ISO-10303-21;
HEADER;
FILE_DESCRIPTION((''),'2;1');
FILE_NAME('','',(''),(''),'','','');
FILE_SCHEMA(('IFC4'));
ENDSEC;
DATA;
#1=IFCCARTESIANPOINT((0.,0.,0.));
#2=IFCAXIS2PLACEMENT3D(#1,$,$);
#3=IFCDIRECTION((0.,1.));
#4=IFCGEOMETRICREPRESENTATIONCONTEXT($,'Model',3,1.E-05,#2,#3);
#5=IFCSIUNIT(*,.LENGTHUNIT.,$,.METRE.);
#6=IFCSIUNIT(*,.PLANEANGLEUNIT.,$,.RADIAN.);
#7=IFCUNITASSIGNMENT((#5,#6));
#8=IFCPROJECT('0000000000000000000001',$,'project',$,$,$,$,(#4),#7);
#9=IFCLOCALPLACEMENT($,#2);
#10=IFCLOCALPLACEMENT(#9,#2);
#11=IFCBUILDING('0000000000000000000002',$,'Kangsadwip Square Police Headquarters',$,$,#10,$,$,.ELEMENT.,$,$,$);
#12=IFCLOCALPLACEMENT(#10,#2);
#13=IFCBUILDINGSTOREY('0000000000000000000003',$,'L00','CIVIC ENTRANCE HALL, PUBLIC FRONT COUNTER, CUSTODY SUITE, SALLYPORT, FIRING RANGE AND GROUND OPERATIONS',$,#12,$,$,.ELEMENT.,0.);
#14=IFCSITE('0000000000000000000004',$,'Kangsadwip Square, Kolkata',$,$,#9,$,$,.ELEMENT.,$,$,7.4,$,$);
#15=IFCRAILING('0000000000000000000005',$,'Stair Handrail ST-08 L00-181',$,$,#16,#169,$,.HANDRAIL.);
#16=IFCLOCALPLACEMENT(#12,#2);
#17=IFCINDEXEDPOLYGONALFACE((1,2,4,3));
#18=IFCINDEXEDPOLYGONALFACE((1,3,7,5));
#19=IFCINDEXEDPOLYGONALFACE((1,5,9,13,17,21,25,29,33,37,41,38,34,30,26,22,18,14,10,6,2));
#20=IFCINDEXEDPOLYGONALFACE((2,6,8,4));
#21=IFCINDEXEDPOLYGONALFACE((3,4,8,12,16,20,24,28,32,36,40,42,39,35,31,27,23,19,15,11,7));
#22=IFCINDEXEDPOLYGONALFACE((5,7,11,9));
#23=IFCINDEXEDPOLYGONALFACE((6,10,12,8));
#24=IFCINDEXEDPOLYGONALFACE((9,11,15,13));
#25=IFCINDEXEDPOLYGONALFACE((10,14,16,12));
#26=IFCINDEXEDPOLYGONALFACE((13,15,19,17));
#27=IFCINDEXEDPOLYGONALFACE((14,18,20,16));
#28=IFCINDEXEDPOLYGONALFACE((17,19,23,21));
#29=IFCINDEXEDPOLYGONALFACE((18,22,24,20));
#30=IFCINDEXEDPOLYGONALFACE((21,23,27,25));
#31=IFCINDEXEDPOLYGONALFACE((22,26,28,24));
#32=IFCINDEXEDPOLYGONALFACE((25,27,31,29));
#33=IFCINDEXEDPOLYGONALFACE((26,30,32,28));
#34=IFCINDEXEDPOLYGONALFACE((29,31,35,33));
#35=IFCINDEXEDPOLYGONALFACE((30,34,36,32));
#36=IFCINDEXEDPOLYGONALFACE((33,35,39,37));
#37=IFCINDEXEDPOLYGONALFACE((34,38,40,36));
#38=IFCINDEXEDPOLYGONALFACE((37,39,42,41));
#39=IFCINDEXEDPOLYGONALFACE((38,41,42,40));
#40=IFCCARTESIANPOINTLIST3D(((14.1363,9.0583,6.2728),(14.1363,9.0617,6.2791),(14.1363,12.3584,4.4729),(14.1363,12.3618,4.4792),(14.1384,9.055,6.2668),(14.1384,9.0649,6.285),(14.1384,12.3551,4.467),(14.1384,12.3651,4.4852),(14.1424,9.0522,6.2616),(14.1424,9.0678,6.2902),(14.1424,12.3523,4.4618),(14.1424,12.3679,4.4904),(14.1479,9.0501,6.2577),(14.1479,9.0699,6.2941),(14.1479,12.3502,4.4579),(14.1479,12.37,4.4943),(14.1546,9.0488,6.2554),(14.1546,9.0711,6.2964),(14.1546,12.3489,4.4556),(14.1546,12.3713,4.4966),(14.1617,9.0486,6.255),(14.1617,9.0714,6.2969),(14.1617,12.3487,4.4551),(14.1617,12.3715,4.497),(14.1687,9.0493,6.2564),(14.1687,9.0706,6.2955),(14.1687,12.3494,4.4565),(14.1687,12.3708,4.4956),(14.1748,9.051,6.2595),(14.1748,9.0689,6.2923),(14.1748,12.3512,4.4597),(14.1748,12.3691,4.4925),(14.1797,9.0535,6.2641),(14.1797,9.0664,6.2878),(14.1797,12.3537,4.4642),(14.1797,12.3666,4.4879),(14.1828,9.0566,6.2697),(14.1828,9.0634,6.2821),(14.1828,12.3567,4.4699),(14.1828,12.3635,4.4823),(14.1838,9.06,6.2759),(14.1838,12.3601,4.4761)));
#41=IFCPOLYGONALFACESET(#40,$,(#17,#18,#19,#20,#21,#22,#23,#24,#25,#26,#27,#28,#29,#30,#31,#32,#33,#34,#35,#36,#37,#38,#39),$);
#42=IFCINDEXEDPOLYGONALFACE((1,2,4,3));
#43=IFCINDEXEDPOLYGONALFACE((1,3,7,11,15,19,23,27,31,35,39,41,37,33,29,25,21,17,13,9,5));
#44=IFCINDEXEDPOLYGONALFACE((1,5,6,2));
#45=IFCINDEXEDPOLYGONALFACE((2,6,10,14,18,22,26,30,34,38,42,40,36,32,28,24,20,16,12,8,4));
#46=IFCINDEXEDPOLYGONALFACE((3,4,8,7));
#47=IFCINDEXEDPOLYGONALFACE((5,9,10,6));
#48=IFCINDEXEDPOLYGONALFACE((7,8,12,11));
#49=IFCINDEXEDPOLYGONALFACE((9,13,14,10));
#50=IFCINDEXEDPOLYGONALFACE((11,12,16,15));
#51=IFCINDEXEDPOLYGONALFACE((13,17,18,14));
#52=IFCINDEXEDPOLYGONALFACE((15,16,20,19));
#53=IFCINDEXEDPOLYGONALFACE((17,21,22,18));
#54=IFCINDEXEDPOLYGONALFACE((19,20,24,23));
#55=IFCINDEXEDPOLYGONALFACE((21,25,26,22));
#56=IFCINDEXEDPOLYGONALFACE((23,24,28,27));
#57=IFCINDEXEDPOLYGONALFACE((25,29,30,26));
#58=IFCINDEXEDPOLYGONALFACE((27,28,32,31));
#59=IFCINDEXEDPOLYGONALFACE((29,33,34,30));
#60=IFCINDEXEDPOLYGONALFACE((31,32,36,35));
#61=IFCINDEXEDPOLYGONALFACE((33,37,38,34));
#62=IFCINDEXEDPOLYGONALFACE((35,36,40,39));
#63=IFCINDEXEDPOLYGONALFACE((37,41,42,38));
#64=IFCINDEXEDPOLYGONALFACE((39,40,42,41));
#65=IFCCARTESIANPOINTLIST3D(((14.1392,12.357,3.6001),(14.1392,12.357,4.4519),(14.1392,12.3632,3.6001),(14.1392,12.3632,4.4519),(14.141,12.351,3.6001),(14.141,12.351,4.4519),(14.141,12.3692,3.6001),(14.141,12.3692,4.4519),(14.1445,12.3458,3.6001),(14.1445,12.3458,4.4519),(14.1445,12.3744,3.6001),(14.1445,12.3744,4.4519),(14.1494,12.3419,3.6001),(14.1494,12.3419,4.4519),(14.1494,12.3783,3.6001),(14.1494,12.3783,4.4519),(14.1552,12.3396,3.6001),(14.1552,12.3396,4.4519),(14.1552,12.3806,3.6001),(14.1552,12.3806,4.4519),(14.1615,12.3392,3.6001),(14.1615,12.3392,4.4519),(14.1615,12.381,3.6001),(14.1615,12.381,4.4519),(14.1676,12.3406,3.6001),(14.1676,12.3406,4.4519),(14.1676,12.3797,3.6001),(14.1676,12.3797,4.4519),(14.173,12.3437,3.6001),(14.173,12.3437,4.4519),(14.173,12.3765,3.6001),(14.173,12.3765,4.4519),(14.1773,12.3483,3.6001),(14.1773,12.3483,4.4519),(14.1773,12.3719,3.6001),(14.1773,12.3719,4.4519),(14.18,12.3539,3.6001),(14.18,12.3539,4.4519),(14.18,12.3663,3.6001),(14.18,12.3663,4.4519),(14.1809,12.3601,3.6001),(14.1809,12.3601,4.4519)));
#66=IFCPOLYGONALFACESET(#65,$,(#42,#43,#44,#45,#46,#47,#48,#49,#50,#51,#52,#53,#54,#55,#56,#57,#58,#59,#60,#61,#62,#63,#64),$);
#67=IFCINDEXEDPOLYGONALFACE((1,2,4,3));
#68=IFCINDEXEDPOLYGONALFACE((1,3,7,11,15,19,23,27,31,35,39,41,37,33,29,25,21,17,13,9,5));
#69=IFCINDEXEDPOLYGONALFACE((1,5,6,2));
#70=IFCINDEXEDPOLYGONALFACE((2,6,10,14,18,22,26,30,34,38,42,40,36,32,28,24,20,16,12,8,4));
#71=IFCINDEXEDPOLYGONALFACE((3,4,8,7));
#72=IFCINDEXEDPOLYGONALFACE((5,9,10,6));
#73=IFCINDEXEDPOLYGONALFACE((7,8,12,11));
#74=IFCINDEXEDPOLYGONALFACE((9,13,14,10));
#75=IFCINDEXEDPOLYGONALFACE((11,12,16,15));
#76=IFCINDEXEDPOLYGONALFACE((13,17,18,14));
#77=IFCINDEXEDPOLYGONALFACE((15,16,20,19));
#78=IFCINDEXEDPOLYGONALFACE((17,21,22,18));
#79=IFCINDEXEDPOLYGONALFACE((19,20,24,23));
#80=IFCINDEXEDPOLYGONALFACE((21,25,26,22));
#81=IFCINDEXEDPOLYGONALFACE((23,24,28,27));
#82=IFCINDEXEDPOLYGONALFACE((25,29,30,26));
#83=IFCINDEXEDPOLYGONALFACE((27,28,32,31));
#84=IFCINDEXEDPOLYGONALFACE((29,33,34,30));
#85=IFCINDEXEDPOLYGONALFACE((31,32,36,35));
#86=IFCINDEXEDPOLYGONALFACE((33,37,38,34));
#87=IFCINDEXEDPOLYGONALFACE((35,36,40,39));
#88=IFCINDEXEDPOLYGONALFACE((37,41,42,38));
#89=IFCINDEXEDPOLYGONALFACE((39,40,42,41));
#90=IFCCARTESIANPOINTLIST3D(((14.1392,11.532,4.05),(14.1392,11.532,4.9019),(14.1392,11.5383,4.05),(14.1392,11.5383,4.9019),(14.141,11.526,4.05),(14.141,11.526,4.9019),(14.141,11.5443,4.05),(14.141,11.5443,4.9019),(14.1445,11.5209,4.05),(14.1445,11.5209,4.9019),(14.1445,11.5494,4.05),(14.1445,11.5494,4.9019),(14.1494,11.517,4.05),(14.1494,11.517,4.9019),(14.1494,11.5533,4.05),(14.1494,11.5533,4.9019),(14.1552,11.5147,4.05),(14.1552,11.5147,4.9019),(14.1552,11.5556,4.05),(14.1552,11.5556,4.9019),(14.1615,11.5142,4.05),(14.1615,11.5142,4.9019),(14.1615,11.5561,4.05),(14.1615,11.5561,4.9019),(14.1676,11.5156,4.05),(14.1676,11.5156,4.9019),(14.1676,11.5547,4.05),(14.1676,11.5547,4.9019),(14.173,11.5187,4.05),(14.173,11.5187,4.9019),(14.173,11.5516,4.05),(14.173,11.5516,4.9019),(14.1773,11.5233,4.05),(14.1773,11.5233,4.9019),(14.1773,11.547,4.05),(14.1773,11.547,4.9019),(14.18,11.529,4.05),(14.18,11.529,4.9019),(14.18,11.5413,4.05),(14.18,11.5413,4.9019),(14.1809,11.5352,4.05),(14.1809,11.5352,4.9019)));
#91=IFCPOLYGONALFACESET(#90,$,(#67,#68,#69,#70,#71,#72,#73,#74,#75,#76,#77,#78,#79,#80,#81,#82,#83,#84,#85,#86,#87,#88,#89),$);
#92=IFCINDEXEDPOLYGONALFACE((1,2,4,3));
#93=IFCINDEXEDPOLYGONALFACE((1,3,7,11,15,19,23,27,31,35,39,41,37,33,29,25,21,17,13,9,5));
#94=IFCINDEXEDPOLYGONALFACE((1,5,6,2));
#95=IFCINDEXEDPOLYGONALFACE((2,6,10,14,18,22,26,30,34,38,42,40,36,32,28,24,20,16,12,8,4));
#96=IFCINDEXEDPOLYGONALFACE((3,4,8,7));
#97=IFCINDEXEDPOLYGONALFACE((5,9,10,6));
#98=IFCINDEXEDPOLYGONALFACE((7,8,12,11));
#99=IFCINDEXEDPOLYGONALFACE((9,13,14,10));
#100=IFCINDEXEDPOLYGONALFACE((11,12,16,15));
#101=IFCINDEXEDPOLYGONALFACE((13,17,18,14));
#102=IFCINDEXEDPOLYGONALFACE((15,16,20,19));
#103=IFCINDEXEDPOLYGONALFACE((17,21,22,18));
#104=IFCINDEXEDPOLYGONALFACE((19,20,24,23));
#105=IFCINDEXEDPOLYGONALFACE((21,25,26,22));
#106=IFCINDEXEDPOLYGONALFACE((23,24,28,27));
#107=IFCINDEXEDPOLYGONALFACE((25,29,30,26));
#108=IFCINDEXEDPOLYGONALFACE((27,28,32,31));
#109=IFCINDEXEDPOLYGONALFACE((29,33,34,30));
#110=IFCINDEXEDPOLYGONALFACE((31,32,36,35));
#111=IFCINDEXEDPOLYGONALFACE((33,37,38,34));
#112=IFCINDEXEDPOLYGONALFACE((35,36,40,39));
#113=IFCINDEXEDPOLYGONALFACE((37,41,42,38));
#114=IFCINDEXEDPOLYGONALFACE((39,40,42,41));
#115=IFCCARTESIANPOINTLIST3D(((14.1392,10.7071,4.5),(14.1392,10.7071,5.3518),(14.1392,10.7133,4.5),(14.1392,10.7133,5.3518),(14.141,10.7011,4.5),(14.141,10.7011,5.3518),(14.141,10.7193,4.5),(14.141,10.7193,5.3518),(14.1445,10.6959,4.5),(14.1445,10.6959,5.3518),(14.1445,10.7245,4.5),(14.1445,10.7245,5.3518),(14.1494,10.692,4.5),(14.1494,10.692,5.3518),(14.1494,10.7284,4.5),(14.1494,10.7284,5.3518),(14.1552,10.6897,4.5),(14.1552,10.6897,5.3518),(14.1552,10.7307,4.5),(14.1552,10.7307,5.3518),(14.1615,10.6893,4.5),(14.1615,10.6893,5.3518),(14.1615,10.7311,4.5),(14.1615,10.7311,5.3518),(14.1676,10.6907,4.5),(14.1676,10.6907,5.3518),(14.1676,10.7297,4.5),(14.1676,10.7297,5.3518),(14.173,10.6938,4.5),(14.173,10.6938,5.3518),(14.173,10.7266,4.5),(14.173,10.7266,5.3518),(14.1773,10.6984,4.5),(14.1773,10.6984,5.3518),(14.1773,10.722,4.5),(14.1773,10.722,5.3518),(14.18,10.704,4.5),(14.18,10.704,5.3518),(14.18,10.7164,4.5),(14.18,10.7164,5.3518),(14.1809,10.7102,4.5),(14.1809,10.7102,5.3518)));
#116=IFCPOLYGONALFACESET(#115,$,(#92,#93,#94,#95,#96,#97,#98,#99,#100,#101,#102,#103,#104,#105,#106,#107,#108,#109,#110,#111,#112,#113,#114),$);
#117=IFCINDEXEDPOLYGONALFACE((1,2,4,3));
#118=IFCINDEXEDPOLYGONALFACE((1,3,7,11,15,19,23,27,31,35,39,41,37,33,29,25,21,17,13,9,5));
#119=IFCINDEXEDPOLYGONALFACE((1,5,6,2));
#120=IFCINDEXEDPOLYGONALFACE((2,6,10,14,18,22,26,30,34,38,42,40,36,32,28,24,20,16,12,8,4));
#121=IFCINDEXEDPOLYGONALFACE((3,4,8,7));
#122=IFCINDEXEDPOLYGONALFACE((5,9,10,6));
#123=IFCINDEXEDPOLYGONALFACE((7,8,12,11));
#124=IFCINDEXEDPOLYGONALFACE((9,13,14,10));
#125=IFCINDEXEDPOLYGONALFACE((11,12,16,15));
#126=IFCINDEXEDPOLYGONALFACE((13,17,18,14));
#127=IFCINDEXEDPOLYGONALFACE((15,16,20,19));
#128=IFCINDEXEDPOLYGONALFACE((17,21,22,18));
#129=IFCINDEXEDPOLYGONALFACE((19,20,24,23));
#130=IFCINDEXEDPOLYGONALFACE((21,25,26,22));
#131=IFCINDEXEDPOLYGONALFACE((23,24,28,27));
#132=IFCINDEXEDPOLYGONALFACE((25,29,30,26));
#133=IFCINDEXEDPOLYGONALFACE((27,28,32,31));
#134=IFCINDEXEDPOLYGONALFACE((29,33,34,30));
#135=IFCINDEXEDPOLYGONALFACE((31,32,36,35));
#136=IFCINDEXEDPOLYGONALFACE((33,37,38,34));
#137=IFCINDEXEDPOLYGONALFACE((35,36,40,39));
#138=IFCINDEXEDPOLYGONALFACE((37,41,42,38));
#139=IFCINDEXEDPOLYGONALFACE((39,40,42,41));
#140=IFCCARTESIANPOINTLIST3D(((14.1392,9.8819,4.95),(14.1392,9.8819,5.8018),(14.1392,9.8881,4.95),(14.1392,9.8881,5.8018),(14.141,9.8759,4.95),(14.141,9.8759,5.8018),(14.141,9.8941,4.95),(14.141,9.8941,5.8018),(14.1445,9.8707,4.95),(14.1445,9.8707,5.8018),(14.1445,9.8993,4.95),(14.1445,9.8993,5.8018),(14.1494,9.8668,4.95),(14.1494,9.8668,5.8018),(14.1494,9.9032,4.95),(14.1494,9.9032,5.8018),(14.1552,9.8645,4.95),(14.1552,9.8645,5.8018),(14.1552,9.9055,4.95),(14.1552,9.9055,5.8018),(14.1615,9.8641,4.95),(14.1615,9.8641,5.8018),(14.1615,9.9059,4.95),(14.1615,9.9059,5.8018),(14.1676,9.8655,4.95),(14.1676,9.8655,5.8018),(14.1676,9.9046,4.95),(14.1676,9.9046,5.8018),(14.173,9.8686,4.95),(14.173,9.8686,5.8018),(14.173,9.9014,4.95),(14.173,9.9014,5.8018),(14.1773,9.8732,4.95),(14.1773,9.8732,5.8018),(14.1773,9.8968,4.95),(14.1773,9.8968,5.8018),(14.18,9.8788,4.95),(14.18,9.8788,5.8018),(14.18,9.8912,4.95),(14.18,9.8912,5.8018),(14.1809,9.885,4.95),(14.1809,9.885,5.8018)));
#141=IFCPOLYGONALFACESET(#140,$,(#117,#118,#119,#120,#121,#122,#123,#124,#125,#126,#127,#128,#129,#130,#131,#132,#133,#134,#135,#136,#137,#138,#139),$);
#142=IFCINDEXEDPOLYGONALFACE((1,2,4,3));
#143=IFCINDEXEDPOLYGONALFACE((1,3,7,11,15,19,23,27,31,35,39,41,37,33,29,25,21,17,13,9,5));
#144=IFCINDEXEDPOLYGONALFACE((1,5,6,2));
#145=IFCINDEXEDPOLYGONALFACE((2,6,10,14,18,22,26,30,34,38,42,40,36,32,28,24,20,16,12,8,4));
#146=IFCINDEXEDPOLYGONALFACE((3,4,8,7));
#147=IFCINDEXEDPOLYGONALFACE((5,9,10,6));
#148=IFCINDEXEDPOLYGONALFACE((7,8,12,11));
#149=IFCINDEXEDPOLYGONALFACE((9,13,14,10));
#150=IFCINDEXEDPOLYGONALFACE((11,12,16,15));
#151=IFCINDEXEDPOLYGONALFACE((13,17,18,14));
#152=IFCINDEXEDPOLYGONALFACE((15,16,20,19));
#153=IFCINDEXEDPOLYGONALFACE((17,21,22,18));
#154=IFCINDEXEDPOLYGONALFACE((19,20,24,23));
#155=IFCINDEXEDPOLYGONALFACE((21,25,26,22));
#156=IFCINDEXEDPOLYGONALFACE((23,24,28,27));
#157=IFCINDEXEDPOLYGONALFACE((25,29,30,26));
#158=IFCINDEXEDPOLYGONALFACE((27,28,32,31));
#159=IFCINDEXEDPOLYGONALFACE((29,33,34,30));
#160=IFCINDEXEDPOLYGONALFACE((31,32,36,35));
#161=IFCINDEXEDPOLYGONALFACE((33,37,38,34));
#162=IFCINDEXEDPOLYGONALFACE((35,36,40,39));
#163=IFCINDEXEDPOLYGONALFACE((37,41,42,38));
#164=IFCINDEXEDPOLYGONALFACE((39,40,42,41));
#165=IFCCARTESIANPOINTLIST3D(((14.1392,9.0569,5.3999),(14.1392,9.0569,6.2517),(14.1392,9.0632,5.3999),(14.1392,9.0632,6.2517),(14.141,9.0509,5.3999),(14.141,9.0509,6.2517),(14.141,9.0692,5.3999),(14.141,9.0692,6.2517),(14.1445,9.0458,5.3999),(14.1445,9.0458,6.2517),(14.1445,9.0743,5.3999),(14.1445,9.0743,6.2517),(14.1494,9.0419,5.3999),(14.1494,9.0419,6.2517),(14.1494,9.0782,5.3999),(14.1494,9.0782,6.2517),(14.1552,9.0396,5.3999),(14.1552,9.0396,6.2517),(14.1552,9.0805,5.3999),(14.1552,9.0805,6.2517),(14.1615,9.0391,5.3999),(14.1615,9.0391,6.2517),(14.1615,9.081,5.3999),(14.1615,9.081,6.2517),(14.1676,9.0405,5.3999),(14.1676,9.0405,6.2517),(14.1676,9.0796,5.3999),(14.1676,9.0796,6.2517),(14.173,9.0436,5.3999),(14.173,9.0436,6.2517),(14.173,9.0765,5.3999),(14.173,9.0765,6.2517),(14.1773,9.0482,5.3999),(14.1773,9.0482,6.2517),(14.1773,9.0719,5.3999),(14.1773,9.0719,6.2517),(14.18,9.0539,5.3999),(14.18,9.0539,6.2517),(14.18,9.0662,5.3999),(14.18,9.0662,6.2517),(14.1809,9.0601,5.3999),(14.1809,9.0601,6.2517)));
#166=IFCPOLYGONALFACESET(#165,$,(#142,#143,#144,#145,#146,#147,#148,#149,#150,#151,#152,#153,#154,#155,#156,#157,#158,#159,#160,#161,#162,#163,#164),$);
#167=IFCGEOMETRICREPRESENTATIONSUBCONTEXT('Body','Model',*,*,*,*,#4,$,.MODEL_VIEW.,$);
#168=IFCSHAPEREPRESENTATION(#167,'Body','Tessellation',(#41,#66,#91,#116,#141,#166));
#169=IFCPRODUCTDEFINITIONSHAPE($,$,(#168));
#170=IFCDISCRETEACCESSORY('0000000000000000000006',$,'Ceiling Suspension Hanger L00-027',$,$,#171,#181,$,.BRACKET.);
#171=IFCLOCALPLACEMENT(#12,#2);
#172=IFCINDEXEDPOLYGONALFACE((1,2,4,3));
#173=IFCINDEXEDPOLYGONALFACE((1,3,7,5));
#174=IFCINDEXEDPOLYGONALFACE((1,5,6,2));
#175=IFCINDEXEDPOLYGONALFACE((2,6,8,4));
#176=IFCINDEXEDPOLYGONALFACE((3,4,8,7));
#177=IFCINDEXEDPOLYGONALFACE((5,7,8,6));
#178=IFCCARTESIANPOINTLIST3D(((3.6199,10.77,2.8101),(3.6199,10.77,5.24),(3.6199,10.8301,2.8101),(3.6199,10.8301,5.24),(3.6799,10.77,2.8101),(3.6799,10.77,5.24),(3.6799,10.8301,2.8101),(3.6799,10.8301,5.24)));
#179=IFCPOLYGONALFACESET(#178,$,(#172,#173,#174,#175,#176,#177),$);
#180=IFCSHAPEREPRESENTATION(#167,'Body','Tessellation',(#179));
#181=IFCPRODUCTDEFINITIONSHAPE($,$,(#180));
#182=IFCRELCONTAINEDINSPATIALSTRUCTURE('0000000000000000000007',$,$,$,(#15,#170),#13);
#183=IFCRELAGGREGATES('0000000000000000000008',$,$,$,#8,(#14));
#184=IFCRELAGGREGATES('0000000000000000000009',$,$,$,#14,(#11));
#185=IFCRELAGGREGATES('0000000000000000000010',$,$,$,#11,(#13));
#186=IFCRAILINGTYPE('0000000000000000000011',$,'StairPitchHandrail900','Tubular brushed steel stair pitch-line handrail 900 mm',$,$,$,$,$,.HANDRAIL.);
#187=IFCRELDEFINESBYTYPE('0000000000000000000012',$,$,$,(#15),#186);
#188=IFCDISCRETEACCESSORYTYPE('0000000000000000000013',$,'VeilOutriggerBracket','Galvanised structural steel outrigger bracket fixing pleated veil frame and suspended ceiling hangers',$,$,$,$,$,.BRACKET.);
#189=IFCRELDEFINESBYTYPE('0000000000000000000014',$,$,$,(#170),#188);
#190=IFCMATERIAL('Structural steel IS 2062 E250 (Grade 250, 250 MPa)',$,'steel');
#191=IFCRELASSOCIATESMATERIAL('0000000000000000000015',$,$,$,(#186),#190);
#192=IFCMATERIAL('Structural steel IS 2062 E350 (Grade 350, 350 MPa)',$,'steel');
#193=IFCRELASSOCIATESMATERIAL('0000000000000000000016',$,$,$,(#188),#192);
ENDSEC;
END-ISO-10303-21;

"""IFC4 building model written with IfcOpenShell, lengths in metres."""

from ifc_helpers import new_model, si_unit, direction, frame, origin, origin_2d, place, context, subcontext, project, spatial, rectangle, circle, extrude, material, type_object, element, save


model = new_model("IFC4")

# Units and contexts
model_context = context("Model", 3, precision=1e-05, world=origin(), true_north=direction((0.0, 1.0)))
body_context = subcontext(model_context, "Body", "Model", "MODEL_VIEW")
ifc_project = project(units=[si_unit("LENGTHUNIT", "METRE"), si_unit("PLANEANGLEUNIT", "RADIAN")], contexts=[model_context])

# Site, building, storey
site_placement = place(None, origin())
site = spatial("IfcSite", under=ifc_project, at=site_placement, Name="Kangsadwip Square, Kolkata", CompositionType="ELEMENT", RefElevation=7.4)
building_placement = place(site_placement, origin())
building = spatial("IfcBuilding", under=site, at=building_placement, Name="Kangsadwip Square Police Headquarters", CompositionType="ELEMENT")
storey_placement = place(building_placement, origin())
storey = spatial("IfcBuildingStorey", under=building, at=storey_placement, Name="L00", Description="CIVIC ENTRANCE HALL, PUBLIC FRONT COUNTER, CUSTODY SUITE, SALLYPORT, FIRING RANGE AND GROUND OPERATIONS", CompositionType="ELEMENT", Elevation=0.0)

# Railing
ifc_material_1 = material(Name="Structural steel IS 2062 E250 (Grade 250, 250 MPa)", Category="steel")
railing_type = type_object("IfcRailingType", Name="StairPitchHandrail900", Description="Tubular brushed steel stair pitch-line handrail 900 mm", PredefinedType="HANDRAIL", material=ifc_material_1)
railing_1_placement = place(storey_placement, frame((14.1599, 12.3601, 3.6001)))
element("IfcRailing", 1, at=railing_1_placement, inside=storey, type_object=railing_type, Name="Stair Handrail ST-08 L00-181", PredefinedType="HANDRAIL", context=body_context, shape_type="SweptSolid", body=[
    extrude(circle(Radius=0.0239, at=origin_2d()), frame((0.0, 0.0, 0.876), z_axis=(0.0, -0.87792, 0.478807), x_axis=(1.0, 0.0, 0.0)), (0.0, 0.0, 1.0), 3.759),
    extrude(circle(Radius=0.021, at=origin_2d()), origin(), (0.0, 0.0, 1.0), 0.8518),
    extrude(circle(Radius=0.021, at=origin_2d()), frame((0.0, -0.825, 0.45)), (0.0, 0.0, 1.0), 0.8518),
    extrude(circle(Radius=0.021, at=origin_2d()), frame((0.0, -1.6499, 0.8999)), (0.0, 0.0, 1.0), 0.8518),
    extrude(circle(Radius=0.021, at=origin_2d()), frame((0.0, -2.4751, 1.3499)), (0.0, 0.0, 1.0), 0.8518),
    extrude(circle(Radius=0.021, at=origin_2d()), frame((0.0, -3.3, 1.7998)), (0.0, 0.0, 1.0), 0.8518),
])

# Discrete accessory
ifc_material_2 = material(Name="Structural steel IS 2062 E350 (Grade 350, 350 MPa)", Category="steel")
discrete_accessory_type = type_object("IfcDiscreteAccessoryType", Name="VeilOutriggerBracket", Description="Galvanised structural steel outrigger bracket fixing pleated veil frame and suspended ceiling hangers", PredefinedType="BRACKET", material=ifc_material_2)
discrete_accessory_placement = place(storey_placement, frame((3.6499, 10.8, 2.8101), z_axis=(0.0, 0.0, 1.0), x_axis=(1.0, 0.0, 0.0)))
element("IfcDiscreteAccessory", 2, at=discrete_accessory_placement, inside=storey, type_object=discrete_accessory_type, Name="Ceiling Suspension Hanger L00-027", PredefinedType="BRACKET", context=body_context, shape_type="SweptSolid", body=[
    extrude(rectangle(XDim=0.0601, YDim=0.0601, at=origin_2d()), origin(), (0.0, 0.0, 1.0), 2.4299),
])

save(model, "model.ifc")
